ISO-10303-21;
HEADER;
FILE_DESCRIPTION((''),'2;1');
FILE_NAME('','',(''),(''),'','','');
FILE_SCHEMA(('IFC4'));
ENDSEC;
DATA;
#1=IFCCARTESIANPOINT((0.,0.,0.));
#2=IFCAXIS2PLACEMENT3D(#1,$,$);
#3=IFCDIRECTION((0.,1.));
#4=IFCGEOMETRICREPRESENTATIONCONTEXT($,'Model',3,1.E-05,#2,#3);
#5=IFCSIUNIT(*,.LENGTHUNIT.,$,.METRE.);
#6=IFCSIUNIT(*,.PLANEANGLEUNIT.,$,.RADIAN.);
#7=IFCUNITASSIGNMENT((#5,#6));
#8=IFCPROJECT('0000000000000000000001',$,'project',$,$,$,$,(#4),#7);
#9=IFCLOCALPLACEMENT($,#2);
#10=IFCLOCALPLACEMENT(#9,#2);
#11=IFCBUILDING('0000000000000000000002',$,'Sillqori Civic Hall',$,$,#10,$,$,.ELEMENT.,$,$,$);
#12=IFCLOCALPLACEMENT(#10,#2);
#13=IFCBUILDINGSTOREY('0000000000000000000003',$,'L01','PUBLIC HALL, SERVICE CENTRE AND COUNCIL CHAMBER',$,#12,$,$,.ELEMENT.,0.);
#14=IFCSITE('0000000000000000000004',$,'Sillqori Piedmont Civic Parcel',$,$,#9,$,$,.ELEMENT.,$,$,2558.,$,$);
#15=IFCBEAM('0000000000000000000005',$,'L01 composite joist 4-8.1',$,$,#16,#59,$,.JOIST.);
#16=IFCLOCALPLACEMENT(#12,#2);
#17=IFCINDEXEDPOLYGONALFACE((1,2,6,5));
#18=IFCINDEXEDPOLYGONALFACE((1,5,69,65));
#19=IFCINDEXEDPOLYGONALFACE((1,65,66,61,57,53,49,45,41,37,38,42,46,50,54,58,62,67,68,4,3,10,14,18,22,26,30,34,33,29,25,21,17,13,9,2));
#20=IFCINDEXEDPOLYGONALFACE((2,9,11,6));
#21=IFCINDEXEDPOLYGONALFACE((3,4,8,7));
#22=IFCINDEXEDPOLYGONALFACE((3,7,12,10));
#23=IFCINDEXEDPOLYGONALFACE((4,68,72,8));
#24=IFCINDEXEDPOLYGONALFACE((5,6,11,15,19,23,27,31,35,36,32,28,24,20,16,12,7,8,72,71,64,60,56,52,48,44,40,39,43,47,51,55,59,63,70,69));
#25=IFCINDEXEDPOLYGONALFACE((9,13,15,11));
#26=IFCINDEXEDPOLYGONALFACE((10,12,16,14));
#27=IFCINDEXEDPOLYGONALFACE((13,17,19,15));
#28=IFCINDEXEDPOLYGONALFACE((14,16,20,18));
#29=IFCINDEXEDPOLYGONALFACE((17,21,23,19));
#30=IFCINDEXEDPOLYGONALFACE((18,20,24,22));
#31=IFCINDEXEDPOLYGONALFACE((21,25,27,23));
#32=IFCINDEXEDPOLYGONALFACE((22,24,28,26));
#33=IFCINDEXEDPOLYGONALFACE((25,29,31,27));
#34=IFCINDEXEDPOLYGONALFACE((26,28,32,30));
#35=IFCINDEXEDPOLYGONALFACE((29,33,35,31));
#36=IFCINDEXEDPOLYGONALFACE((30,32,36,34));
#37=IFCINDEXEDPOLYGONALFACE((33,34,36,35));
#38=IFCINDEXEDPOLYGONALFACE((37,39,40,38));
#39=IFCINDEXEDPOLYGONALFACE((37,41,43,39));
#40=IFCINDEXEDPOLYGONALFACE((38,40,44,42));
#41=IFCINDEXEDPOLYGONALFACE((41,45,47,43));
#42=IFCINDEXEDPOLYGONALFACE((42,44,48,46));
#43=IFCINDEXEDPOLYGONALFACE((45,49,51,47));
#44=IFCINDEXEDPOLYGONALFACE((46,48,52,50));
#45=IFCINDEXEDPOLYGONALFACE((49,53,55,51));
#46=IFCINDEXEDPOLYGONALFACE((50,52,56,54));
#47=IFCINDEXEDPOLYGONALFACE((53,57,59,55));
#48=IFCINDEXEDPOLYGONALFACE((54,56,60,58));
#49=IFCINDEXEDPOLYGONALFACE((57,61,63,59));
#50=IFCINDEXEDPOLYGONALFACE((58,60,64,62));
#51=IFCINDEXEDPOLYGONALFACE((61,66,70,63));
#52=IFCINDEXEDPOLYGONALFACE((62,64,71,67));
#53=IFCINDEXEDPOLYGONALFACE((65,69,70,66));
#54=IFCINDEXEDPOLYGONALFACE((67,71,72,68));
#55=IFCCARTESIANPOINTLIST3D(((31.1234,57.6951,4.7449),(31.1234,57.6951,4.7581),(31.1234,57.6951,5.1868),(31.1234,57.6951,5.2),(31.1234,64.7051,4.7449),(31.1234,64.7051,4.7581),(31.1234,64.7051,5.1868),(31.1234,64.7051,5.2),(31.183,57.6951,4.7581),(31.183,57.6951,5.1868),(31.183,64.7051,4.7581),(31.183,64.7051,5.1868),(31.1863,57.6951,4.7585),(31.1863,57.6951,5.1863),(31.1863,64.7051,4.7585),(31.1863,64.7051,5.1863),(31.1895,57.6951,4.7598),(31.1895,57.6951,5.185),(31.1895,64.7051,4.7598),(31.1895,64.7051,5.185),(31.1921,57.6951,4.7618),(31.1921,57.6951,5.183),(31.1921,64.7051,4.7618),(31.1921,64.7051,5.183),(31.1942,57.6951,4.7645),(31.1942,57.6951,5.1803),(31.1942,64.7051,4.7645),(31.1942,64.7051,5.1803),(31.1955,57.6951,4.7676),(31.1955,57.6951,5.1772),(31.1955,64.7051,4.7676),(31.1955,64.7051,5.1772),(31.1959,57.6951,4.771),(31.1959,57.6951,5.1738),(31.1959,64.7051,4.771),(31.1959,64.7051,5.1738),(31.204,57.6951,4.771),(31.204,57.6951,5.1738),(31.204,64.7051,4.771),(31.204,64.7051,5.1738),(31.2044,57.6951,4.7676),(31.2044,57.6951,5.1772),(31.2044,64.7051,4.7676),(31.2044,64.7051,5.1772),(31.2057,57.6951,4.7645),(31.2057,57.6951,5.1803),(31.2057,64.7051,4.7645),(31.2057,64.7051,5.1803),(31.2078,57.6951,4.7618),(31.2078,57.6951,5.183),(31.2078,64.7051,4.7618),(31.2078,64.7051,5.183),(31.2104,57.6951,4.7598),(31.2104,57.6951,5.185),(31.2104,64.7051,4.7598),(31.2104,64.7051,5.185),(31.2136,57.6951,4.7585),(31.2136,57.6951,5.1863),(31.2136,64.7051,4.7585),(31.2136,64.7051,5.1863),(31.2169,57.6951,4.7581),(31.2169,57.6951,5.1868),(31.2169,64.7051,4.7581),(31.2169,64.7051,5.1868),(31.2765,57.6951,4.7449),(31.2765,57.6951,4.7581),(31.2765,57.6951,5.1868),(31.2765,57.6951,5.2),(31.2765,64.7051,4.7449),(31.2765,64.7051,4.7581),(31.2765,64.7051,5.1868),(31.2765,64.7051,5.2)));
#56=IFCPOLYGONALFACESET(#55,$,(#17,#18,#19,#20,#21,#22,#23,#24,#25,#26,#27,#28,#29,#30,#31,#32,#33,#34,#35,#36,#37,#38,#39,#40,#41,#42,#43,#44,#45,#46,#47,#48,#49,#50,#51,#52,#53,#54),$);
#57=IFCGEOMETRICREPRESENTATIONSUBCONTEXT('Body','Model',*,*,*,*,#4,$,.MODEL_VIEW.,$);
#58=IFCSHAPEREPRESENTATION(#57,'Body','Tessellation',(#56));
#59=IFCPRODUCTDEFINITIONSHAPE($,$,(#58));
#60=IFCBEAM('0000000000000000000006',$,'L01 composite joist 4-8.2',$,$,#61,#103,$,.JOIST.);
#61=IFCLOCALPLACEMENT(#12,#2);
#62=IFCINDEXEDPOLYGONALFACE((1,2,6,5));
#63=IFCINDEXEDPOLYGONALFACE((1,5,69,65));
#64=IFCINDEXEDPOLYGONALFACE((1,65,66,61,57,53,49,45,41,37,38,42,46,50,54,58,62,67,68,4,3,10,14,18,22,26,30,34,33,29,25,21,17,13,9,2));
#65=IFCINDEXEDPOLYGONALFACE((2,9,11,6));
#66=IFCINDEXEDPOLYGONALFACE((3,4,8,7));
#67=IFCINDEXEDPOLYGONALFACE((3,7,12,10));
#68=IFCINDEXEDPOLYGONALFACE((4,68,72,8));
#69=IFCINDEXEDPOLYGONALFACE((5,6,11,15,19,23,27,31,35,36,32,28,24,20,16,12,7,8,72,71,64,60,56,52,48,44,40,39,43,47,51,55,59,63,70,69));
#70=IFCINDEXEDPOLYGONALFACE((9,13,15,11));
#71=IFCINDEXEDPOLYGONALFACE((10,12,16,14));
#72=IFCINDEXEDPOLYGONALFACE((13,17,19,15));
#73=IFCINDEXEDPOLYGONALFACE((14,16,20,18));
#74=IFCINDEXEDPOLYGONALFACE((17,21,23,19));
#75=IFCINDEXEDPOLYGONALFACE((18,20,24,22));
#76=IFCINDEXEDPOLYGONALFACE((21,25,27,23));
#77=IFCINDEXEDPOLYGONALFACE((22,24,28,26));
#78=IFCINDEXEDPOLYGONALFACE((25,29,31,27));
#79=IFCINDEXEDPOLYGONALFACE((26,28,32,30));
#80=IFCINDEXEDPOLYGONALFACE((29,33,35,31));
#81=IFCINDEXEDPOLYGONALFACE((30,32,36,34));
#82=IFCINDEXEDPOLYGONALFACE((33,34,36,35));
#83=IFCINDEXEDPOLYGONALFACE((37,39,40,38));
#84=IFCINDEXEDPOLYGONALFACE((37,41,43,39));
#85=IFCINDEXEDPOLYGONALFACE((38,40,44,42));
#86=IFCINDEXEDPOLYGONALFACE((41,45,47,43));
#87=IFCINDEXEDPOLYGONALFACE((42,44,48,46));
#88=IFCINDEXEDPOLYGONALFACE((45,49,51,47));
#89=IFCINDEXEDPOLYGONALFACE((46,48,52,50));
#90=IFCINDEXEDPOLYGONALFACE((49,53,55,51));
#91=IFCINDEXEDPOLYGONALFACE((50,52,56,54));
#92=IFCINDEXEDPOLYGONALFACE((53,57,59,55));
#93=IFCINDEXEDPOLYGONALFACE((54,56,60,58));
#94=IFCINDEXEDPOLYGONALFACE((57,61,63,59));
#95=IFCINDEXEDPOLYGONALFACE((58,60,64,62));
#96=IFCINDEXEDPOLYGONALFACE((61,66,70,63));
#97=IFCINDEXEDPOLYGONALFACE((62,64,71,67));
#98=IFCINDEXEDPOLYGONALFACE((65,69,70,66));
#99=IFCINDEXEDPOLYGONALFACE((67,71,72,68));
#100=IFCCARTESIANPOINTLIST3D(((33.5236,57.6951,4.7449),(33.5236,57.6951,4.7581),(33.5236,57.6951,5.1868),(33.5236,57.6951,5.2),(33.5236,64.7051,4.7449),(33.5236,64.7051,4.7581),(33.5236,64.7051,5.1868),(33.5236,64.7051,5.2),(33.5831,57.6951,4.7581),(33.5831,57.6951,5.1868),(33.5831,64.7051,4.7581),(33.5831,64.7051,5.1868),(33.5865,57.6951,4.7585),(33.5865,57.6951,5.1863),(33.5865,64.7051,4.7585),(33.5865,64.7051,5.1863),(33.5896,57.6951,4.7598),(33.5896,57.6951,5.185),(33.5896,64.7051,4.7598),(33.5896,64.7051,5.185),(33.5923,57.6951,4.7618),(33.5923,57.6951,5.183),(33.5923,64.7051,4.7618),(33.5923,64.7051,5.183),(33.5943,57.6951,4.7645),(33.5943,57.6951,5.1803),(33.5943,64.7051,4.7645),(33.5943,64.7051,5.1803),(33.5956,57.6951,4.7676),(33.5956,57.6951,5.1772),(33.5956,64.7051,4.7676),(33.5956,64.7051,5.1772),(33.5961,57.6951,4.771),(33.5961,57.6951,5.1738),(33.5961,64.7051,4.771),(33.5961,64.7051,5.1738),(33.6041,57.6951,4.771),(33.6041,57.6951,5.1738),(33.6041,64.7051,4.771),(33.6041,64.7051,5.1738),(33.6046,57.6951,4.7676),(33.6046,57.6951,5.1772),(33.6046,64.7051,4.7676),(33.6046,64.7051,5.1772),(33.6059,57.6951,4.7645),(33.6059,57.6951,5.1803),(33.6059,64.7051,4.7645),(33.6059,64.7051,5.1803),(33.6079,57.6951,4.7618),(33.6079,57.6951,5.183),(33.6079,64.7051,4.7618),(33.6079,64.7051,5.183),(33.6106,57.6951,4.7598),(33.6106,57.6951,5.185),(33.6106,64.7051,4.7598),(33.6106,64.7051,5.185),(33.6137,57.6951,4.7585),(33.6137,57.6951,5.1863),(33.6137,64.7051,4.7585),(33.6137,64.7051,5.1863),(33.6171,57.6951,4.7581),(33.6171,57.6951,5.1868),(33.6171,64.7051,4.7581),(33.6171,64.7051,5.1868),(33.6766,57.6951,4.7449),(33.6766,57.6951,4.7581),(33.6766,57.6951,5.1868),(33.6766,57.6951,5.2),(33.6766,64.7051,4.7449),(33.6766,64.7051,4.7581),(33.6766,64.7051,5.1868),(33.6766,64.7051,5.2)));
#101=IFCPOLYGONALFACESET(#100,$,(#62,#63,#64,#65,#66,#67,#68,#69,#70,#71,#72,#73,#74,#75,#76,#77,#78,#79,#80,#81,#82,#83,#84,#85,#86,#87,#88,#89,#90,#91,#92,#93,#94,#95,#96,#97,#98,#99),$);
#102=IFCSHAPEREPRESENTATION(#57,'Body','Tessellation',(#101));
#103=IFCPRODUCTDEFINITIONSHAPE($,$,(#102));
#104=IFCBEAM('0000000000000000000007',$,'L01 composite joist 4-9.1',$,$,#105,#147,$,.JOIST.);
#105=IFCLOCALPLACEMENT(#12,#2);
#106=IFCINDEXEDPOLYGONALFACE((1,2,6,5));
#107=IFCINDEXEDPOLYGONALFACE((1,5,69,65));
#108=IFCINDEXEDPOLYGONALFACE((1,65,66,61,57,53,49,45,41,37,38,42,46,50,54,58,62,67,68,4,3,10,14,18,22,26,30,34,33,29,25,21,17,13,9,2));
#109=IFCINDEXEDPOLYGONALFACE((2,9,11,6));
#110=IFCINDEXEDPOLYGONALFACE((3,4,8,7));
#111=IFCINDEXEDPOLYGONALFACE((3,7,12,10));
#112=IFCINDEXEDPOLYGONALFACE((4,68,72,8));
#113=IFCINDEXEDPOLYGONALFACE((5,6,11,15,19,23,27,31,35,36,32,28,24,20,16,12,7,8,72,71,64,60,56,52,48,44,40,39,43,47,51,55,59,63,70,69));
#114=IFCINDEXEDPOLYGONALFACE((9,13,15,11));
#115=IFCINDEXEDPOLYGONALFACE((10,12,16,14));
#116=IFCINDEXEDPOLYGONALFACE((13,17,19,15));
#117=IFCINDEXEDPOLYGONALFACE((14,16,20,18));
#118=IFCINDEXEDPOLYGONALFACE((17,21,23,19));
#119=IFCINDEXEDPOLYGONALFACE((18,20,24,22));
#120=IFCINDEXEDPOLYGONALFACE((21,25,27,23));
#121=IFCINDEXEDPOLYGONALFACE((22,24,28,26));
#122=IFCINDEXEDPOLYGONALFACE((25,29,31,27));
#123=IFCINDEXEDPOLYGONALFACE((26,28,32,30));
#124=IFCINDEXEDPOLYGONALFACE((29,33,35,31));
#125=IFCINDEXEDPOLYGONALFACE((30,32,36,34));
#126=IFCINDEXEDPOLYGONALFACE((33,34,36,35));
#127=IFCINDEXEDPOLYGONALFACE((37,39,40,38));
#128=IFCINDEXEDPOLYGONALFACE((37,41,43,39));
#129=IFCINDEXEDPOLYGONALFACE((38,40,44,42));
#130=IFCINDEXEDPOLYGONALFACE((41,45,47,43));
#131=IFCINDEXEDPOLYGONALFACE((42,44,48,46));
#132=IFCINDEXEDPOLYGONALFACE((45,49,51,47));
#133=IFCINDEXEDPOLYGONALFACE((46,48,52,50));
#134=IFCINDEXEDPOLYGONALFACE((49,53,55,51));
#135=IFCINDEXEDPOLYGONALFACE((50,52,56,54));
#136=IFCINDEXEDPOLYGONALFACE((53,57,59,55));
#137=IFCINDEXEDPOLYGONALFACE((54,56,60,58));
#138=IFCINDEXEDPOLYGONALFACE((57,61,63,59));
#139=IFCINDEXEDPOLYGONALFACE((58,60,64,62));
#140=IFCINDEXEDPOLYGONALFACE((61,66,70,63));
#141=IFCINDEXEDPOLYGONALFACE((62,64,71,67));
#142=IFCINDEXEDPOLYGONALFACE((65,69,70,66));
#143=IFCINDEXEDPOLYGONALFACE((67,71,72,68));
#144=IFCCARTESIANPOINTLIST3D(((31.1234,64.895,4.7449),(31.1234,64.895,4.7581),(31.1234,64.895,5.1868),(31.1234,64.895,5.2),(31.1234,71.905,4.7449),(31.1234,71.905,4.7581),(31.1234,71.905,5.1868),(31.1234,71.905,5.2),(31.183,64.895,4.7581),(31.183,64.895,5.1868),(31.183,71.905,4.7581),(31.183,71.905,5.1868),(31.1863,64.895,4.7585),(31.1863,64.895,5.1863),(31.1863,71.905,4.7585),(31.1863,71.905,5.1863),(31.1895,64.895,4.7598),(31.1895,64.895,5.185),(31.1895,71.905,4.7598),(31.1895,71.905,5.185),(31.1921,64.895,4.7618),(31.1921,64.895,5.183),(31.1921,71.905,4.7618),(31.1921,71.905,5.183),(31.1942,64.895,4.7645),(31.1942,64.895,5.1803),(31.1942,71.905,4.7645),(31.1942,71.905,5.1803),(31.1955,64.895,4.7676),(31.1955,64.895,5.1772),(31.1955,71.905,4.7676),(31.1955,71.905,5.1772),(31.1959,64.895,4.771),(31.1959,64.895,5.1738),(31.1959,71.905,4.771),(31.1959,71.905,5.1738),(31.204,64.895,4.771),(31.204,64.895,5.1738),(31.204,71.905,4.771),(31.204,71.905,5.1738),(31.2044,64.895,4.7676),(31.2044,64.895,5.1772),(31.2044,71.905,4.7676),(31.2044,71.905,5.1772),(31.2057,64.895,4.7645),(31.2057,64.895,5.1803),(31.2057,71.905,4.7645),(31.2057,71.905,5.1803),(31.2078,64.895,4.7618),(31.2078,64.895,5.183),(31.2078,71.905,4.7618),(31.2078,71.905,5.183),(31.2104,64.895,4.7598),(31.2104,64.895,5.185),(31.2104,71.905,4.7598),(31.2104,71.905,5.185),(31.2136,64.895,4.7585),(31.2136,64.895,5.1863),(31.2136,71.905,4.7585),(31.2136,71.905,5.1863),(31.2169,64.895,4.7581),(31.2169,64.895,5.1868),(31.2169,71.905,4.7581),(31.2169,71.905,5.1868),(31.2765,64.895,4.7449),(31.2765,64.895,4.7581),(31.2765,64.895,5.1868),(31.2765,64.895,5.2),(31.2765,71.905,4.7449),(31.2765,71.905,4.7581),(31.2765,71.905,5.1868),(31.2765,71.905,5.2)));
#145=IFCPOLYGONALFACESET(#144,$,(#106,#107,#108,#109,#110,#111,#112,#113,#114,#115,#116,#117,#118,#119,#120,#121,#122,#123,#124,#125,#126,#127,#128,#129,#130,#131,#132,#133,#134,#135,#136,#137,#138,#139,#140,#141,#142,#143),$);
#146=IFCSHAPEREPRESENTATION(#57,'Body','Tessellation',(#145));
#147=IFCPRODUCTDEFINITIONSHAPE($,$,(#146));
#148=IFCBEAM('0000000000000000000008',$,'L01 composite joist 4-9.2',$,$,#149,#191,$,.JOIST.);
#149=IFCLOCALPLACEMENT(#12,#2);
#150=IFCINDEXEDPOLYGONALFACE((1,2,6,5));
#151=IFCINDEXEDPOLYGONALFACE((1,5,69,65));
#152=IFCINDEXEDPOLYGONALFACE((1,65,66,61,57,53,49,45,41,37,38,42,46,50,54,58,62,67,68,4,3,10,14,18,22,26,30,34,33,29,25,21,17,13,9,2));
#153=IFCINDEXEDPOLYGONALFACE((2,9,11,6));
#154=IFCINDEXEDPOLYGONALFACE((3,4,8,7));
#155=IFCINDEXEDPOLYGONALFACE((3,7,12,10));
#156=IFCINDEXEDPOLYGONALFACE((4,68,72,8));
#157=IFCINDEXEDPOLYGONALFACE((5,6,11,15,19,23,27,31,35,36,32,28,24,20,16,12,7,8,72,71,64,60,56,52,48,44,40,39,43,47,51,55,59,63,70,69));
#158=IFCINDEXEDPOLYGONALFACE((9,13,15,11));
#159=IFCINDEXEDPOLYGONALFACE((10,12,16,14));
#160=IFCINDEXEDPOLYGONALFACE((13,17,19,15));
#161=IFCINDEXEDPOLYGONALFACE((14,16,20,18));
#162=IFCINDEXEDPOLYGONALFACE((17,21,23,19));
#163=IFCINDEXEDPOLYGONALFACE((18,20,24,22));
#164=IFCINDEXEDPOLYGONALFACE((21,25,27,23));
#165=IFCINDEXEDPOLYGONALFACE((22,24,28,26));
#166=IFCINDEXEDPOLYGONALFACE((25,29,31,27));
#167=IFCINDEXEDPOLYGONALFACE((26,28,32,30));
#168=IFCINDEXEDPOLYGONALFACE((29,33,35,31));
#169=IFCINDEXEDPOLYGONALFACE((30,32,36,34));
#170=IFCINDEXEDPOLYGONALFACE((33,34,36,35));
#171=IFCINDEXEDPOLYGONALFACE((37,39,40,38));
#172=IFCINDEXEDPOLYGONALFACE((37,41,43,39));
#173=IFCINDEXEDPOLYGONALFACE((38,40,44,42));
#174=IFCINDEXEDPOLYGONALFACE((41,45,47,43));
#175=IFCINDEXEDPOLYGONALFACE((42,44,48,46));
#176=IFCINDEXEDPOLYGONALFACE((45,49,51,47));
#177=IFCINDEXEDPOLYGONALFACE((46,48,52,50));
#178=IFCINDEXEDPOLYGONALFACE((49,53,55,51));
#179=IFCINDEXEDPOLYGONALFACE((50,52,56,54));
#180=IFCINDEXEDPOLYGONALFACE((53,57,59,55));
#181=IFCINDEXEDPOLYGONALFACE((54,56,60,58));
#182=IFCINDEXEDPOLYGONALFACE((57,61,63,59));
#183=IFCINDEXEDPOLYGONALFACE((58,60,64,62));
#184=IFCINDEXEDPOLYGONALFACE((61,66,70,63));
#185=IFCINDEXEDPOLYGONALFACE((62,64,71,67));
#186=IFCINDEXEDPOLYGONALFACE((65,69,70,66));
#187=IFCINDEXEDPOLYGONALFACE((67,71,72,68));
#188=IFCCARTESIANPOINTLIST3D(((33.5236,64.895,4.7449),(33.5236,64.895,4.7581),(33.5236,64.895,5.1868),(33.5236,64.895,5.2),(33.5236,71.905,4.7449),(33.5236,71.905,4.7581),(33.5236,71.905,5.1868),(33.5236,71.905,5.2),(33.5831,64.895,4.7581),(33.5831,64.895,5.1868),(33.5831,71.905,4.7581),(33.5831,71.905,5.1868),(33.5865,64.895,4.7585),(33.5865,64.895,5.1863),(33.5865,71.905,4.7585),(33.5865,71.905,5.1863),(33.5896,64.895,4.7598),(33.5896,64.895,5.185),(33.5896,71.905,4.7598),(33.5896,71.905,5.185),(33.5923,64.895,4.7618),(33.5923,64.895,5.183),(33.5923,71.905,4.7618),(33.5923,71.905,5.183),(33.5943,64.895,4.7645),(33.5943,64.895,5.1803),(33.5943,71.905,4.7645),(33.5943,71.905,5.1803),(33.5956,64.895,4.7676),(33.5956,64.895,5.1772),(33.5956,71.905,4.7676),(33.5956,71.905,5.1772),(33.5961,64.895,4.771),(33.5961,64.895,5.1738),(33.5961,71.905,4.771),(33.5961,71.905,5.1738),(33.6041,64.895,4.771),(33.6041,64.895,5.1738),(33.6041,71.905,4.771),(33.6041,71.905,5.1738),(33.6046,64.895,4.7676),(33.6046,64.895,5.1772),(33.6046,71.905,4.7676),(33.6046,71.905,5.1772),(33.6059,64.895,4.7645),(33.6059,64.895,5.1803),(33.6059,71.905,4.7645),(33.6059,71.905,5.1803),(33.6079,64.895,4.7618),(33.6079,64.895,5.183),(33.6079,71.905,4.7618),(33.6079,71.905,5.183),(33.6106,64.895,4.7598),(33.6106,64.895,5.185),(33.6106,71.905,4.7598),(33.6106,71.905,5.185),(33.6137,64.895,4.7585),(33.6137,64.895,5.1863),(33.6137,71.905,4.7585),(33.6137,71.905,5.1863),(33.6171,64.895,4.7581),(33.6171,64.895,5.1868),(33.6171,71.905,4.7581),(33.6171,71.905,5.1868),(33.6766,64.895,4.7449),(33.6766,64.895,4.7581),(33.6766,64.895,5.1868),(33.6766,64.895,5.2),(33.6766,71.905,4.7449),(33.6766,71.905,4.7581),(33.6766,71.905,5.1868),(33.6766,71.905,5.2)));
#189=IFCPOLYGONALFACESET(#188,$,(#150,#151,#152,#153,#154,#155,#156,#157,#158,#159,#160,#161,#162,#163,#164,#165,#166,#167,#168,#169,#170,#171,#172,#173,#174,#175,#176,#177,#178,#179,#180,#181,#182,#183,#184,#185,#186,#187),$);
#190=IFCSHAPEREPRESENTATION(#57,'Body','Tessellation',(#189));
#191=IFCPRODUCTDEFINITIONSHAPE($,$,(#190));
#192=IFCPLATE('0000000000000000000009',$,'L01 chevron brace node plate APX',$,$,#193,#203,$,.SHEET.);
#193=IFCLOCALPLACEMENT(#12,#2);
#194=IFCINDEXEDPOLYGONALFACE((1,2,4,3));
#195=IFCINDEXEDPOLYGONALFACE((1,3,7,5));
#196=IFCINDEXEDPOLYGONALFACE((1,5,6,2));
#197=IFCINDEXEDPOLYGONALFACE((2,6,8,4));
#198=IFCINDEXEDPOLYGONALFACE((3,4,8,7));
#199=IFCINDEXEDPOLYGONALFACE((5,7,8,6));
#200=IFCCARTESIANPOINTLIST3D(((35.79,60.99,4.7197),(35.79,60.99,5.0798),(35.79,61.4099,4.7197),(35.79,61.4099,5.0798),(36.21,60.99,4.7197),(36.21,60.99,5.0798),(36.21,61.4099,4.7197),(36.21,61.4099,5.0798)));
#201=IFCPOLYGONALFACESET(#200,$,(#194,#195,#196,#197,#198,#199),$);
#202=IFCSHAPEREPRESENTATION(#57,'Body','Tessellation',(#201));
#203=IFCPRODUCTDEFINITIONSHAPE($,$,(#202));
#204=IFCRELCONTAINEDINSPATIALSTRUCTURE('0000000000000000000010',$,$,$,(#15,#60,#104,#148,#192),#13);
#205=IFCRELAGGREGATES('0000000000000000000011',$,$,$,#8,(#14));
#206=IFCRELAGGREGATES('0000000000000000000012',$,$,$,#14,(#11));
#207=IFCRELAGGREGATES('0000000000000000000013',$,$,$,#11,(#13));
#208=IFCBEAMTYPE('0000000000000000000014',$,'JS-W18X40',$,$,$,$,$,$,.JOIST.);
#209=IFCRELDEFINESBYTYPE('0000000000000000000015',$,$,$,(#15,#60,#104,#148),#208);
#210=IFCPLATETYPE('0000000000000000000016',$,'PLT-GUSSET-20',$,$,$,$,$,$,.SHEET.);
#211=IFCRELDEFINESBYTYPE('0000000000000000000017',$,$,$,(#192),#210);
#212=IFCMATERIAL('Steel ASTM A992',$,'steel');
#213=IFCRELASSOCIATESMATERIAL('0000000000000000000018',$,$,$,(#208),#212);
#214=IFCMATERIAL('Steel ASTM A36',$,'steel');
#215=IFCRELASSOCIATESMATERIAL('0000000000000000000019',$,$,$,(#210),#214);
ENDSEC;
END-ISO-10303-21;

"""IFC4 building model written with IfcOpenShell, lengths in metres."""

from ifc_helpers import new_model, si_unit, direction, frame, origin, origin_2d, place, context, subcontext, project, spatial, rectangle, i_section, extrude, material, material_profile, profile_set, type_object, element, save


model = new_model("IFC4")

# Units and contexts
model_context = context("Model", 3, precision=1e-05, world=origin(), true_north=direction((0.0, 1.0)))
body_context = subcontext(model_context, "Body", "Model", "MODEL_VIEW")
ifc_project = project(units=[si_unit("LENGTHUNIT", "METRE"), si_unit("PLANEANGLEUNIT", "RADIAN")], contexts=[model_context])

# Site, building, storey
site_placement = place(None, origin())
site = spatial("IfcSite", under=ifc_project, at=site_placement, Name="Sillqori Piedmont Civic Parcel", CompositionType="ELEMENT", RefElevation=2558.0)
building_placement = place(site_placement, origin())
building = spatial("IfcBuilding", under=site, at=building_placement, Name="Sillqori Civic Hall", CompositionType="ELEMENT")
storey_placement = place(building_placement, origin())
storey = spatial("IfcBuildingStorey", under=building, at=storey_placement, Name="L01", Description="PUBLIC HALL, SERVICE CENTRE AND COUNCIL CHAMBER", CompositionType="ELEMENT", Elevation=0.0)

# Shared definitions
ifc_material_1 = material(Name="Steel ASTM A992", Category="steel")

# Beams
ifc_material_profile_1 = material_profile(ifc_material_1, i_section(OverallWidth=0.1531, OverallDepth=0.4551, WebThickness=0.0081, FlangeThickness=0.0132, FilletRadius=0.0129, at=origin_2d()), Name="W18X40")
ifc_profile_set_1 = profile_set([ifc_material_profile_1], Name="Steel ASTM A992")
beam_type_1 = type_object("IfcBeamType", Name="JS-W18X40", PredefinedType="JOIST", material=ifc_profile_set_1)
for number, where, z_axis, x_axis, name in (
    (1, (31.2, 57.6951, 4.9724), (0.0, 1.0, 0.0), (-1.0, 0.0, 0.0), "L01 composite joist 4-8.1"),
    (2, (33.6001, 57.6951, 4.9724), (0.0, 1.0, 0.0), (-1.0, 0.0, 0.0), "L01 composite joist 4-8.2"),
    (3, (31.2, 64.895, 4.9724), (0.0, 1.0, 0.0), (-1.0, 0.0, 0.0), "L01 composite joist 4-9.1"),
    (4, (33.6001, 64.895, 4.9724), (0.0, 1.0, 0.0), (-1.0, 0.0, 0.0), "L01 composite joist 4-9.2"),
):
    element("IfcBeam", number, at=place(storey_placement, frame(where, z_axis=z_axis, x_axis=x_axis)), inside=storey, type_object=beam_type_1, Name=name, PredefinedType="JOIST", context=body_context, shape_type="SweptSolid", body=[
        extrude(i_section(OverallWidth=0.1531, OverallDepth=0.4551, WebThickness=0.0081, FlangeThickness=0.0132, FilletRadius=0.0129, at=origin_2d()), origin(), (0.0, 0.0, 1.0), 7.01),
    ])

# Plate
ifc_material_2 = material(Name="Steel ASTM A36", Category="steel")
plate_type = type_object("IfcPlateType", Name="PLT-GUSSET-20", PredefinedType="SHEET", material=ifc_material_2)
for number, where, z_axis, x_axis, name in (
    (5, (36.0, 61.2, 4.7197), (0.0, 0.0, 1.0), (1.0, 0.0, 0.0), "L01 chevron brace node plate APX"),
):
    element("IfcPlate", number, at=place(storey_placement, frame(where, z_axis=z_axis, x_axis=x_axis)), inside=storey, type_object=plate_type, Name=name, PredefinedType="SHEET", context=body_context, shape_type="SweptSolid", body=[
        extrude(rectangle(XDim=0.4199, YDim=0.4199, at=origin_2d()), origin(), (0.0, 0.0, 1.0), 0.3601),
    ])

save(model, "model.ifc")
